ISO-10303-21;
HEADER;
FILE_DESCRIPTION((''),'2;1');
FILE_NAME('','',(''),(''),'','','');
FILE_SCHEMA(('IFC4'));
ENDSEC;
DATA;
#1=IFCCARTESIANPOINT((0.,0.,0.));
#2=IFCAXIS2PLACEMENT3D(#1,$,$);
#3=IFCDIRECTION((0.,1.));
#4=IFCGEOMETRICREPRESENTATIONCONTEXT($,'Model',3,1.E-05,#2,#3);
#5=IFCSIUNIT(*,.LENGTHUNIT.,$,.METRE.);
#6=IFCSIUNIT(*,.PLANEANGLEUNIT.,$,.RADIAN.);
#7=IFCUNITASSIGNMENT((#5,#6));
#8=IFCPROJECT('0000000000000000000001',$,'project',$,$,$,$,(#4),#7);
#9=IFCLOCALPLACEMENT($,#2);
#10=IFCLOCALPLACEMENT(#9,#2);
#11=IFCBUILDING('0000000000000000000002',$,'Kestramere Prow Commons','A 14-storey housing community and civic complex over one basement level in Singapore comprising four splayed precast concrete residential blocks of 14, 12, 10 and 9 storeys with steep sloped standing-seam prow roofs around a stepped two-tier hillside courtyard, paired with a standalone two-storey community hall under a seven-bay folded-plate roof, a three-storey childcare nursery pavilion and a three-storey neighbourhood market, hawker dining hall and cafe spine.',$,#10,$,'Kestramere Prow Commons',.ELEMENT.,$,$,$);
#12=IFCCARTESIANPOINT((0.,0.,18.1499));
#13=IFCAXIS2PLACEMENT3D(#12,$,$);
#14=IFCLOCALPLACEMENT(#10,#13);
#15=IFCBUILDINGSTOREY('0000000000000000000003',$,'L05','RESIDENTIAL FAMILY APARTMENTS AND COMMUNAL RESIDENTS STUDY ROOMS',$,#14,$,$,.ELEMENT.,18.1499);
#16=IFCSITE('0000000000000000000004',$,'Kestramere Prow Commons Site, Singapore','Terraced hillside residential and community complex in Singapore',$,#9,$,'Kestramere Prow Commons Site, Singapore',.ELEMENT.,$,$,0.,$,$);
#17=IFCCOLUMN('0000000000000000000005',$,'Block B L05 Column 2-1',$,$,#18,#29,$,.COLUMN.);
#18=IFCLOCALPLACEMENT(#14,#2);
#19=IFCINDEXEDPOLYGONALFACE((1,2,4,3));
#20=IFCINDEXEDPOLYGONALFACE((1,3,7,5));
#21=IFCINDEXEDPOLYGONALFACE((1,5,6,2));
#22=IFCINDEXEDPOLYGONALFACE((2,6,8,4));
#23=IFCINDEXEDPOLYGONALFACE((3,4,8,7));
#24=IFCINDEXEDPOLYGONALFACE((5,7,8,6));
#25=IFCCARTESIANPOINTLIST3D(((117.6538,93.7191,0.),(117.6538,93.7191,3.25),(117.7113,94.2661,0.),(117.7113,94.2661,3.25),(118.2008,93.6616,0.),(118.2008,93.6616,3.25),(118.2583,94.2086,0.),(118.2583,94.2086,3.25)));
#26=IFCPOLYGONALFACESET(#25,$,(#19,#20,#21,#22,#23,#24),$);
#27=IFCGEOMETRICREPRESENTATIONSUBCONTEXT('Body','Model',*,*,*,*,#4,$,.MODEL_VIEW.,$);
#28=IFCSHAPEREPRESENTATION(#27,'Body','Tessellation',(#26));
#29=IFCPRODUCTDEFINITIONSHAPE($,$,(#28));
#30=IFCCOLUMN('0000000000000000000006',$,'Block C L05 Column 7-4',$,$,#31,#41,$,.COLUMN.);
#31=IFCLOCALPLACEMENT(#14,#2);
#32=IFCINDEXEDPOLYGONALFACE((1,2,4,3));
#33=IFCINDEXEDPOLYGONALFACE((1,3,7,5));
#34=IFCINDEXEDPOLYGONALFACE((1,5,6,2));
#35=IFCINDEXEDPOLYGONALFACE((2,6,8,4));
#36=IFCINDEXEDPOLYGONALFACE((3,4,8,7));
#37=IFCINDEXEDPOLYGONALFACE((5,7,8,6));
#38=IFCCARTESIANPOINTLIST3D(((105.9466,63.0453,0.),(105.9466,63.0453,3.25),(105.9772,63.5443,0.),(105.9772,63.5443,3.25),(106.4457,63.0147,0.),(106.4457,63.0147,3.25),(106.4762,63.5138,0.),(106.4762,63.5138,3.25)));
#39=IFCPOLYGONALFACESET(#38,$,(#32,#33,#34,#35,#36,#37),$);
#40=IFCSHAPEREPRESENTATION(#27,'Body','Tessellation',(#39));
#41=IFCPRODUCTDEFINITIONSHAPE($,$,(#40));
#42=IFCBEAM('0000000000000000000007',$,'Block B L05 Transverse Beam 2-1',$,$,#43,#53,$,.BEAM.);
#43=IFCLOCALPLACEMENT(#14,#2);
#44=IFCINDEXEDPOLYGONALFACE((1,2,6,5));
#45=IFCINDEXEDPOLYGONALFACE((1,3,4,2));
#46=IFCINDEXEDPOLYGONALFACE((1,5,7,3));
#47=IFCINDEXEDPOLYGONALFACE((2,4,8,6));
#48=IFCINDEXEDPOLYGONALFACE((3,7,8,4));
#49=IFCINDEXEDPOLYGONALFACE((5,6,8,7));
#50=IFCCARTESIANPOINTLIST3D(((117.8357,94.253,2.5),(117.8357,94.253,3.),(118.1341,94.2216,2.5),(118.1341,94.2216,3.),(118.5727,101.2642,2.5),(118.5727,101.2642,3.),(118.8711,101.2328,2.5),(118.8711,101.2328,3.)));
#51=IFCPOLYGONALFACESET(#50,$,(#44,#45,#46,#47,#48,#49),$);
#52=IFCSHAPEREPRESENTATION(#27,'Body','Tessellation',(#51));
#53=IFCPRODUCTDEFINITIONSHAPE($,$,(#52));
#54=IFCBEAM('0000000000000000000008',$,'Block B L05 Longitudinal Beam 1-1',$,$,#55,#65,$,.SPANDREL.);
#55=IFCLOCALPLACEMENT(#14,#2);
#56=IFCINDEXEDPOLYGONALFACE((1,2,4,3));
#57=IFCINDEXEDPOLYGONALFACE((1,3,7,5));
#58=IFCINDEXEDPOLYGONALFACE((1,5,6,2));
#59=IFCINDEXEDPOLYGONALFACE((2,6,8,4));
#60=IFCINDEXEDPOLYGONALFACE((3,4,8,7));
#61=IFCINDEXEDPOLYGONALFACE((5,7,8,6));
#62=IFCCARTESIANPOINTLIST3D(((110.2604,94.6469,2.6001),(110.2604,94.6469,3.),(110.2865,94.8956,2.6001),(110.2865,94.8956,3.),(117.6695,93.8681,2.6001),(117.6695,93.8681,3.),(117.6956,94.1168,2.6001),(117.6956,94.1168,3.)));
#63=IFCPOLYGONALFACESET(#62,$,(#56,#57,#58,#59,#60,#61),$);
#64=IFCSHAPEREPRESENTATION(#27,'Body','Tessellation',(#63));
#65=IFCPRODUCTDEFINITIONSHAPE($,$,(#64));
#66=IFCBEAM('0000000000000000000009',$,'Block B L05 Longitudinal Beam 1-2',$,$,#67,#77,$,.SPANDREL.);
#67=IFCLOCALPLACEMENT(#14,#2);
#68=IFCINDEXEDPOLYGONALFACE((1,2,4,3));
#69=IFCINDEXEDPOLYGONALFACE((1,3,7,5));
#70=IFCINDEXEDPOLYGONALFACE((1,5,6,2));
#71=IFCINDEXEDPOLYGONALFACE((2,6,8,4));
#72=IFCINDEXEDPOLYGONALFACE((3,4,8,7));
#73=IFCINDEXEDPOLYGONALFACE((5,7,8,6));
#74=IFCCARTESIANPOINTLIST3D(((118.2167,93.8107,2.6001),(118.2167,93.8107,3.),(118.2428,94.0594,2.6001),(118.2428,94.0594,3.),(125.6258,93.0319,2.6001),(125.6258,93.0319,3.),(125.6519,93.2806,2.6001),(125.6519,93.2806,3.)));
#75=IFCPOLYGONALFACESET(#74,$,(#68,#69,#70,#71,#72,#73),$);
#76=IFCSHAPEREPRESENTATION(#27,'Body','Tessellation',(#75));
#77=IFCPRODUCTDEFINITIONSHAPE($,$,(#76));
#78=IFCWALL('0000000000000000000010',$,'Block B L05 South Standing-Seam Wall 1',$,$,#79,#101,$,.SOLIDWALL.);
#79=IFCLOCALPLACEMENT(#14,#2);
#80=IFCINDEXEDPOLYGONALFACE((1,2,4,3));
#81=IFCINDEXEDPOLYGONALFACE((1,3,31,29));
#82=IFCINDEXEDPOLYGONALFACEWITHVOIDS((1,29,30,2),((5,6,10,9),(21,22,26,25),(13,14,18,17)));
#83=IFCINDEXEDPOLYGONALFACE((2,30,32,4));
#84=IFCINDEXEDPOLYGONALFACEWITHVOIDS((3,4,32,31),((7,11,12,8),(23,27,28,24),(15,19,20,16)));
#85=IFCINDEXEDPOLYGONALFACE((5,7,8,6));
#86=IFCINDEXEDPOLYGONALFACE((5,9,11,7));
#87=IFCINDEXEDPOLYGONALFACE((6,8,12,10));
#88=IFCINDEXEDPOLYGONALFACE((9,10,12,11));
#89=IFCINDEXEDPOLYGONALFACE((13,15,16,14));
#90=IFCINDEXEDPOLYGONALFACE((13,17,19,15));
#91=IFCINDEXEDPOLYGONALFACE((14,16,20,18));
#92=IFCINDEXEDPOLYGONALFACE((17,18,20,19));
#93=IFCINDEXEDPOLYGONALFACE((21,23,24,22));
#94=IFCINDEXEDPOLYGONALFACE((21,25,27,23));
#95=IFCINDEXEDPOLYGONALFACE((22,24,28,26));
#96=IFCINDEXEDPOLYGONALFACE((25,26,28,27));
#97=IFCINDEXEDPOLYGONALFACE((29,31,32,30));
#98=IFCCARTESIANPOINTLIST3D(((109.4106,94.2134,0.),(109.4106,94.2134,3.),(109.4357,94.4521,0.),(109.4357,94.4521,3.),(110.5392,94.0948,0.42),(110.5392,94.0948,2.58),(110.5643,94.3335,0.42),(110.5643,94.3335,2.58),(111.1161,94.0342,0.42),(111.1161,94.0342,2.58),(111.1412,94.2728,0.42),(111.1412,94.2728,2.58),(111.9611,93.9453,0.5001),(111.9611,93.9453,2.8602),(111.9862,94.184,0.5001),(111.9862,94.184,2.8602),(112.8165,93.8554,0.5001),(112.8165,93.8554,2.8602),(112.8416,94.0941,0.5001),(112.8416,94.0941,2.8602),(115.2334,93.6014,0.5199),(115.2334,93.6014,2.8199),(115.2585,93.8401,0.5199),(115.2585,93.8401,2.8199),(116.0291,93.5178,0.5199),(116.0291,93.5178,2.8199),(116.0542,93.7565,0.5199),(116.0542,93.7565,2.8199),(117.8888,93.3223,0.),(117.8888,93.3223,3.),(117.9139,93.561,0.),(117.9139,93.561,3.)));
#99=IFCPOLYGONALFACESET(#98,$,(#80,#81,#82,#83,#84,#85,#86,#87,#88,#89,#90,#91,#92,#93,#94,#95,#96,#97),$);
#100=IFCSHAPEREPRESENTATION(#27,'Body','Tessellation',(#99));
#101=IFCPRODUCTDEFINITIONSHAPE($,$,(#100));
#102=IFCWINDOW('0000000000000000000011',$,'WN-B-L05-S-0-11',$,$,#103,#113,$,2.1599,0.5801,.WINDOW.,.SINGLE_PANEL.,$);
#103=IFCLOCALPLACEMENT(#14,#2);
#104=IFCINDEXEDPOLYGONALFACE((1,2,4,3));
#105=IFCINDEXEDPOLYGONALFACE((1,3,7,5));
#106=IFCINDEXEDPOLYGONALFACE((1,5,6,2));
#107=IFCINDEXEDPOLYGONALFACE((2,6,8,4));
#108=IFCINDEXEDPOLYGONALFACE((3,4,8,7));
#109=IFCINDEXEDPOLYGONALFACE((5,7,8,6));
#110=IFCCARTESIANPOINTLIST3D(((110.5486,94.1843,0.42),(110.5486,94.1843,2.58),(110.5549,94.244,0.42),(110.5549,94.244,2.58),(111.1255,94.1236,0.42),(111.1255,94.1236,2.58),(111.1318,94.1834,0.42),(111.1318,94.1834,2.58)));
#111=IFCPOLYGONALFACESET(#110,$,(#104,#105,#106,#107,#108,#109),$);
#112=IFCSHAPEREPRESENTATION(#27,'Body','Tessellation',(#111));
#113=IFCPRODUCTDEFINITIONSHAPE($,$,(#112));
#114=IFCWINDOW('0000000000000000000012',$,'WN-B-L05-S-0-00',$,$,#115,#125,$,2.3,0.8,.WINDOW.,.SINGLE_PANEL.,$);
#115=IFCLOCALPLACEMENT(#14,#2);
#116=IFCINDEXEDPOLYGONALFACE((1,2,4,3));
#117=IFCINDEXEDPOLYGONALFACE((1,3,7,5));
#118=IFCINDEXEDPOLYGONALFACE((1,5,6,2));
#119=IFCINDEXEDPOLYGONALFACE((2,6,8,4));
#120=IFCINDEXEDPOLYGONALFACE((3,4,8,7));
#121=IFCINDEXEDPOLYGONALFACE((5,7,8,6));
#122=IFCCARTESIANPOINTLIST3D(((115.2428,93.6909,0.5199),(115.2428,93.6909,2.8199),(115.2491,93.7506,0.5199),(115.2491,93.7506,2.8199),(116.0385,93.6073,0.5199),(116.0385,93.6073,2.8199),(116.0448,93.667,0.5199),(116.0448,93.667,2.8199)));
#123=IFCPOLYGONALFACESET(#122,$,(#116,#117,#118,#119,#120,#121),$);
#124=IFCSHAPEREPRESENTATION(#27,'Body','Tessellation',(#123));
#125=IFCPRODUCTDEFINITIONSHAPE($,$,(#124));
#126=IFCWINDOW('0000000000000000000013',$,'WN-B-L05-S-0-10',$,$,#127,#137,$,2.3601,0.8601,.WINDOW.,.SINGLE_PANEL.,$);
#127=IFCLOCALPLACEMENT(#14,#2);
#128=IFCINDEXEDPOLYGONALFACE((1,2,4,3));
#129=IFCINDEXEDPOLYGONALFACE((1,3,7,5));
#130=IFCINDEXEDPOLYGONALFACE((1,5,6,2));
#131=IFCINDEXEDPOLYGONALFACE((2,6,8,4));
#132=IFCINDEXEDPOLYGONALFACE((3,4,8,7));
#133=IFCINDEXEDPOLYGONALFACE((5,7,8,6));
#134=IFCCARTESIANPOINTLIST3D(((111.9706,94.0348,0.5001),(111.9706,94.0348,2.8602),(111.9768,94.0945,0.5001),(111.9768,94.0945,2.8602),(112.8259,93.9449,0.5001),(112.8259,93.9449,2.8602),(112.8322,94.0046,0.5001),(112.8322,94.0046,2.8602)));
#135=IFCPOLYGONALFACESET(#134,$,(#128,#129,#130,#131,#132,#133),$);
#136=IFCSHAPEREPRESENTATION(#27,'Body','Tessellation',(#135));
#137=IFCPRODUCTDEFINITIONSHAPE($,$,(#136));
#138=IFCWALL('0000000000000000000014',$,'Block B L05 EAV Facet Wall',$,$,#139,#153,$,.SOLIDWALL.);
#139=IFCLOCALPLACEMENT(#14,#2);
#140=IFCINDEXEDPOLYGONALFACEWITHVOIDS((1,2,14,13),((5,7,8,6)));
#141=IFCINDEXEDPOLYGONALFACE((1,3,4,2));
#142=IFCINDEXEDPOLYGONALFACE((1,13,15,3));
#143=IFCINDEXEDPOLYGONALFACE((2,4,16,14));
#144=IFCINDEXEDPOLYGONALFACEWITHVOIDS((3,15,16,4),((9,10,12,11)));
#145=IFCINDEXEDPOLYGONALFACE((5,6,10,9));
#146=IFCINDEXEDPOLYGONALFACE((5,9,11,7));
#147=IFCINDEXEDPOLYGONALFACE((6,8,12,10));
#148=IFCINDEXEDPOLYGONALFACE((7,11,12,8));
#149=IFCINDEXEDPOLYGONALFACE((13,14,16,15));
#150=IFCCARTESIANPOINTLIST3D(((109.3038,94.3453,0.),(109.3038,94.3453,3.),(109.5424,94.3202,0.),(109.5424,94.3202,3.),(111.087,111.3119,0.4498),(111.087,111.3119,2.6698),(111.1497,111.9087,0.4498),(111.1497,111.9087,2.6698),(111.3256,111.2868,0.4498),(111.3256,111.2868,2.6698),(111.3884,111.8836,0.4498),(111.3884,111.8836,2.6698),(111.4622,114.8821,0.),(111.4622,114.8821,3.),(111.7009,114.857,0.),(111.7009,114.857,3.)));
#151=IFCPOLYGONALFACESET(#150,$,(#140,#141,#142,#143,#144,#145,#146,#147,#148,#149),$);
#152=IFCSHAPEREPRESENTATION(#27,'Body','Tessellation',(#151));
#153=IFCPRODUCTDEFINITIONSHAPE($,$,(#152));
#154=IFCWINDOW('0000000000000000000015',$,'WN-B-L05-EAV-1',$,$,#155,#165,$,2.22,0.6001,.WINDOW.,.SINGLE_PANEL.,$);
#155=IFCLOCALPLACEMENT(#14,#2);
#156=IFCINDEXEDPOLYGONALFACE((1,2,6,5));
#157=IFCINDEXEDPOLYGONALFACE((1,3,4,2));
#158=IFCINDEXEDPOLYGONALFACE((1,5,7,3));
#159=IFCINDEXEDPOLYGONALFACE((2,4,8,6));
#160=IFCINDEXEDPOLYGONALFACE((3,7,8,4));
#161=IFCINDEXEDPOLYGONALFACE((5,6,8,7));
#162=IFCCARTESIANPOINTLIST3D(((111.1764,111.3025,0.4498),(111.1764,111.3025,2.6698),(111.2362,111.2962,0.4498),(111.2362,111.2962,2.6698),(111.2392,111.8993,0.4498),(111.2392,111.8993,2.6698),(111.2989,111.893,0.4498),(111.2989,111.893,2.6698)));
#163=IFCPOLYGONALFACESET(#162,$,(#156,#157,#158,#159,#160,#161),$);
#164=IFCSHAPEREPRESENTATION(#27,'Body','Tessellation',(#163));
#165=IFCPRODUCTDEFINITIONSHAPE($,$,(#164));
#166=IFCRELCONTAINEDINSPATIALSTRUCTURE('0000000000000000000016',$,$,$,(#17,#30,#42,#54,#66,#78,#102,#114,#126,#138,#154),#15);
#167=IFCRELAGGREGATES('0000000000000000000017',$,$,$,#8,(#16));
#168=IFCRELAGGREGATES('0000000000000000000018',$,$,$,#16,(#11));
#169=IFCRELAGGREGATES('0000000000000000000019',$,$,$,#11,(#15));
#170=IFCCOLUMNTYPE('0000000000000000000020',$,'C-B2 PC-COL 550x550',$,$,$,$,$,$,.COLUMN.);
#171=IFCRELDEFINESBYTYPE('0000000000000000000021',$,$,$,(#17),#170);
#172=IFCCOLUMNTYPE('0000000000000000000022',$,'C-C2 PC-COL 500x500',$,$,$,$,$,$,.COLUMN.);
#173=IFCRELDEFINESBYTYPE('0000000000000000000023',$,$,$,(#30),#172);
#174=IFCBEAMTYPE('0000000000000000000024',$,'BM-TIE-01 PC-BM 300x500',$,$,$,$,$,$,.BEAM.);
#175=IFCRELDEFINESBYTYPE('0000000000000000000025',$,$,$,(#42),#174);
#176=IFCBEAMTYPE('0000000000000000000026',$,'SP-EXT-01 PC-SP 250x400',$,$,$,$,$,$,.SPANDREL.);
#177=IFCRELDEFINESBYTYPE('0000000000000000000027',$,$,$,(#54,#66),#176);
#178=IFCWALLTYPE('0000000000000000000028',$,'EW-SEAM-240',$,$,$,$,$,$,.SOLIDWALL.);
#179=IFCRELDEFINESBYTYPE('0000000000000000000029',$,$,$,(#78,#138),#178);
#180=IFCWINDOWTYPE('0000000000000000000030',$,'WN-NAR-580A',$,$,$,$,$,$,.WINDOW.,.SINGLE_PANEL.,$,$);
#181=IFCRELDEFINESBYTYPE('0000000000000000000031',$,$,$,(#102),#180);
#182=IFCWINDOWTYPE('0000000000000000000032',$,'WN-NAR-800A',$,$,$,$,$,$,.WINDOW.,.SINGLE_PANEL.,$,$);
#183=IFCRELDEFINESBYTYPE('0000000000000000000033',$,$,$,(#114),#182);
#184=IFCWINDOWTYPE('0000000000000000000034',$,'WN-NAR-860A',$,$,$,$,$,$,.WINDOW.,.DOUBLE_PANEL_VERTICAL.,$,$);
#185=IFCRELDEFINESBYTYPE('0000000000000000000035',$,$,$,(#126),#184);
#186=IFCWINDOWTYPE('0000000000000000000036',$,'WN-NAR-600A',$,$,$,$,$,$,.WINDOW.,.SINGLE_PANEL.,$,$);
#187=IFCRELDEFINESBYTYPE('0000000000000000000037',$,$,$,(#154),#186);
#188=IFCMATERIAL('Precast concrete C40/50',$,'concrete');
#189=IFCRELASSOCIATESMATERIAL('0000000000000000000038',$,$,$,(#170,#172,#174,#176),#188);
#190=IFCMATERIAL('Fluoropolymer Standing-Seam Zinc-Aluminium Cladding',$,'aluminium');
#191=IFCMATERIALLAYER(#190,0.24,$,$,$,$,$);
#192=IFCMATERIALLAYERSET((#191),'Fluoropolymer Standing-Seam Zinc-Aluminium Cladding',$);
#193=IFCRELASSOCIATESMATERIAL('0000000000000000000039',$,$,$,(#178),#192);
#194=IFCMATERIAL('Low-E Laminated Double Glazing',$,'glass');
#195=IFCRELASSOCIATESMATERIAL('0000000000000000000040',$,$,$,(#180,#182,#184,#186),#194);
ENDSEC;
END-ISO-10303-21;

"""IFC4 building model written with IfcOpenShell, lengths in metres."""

from ifc_helpers import new_model, si_unit, direction, frame, frame_2d, origin, origin_2d, place, context, subcontext, project, spatial, rectangle, extrude, material, layer, layer_set, material_profile, profile_set, type_object, element, fill, save


model = new_model("IFC4")

# Units and contexts
model_context = context("Model", 3, precision=1e-05, world=origin(), true_north=direction((0.0, 1.0)))
body_context = subcontext(model_context, "Body", "Model", "MODEL_VIEW")
ifc_project = project(units=[si_unit("LENGTHUNIT", "METRE"), si_unit("PLANEANGLEUNIT", "RADIAN")], contexts=[model_context])

# Site, building, storey
site_placement = place(None, origin())
site = spatial("IfcSite", under=ifc_project, at=site_placement, Name="Kestramere Prow Commons Site, Singapore", Description="Terraced hillside residential and community complex in Singapore", LongName="Kestramere Prow Commons Site, Singapore", CompositionType="ELEMENT", RefElevation=0.0)
building_placement = place(site_placement, origin())
building = spatial("IfcBuilding", under=site, at=building_placement, Name="Kestramere Prow Commons", Description="A 14-storey housing community and civic complex over one basement level in Singapore comprising four splayed precast concrete residential blocks of 14, 12, 10 and 9 storeys with steep sloped standing-seam prow roofs around a stepped two-tier hillside courtyard, paired with a standalone two-storey community hall under a seven-bay folded-plate roof, a three-storey childcare nursery pavilion and a three-storey neighbourhood market, hawker dining hall and cafe spine.", LongName="Kestramere Prow Commons", CompositionType="ELEMENT")
storey_placement = place(building_placement, frame((0.0, 0.0, 18.1499)))
storey = spatial("IfcBuildingStorey", under=building, at=storey_placement, Name="L05", Description="RESIDENTIAL FAMILY APARTMENTS AND COMMUNAL RESIDENTS STUDY ROOMS", CompositionType="ELEMENT", Elevation=18.1499)

# Columns
ifc_material_1 = material(Name="Precast concrete C40/50", Category="concrete")
ifc_material_profile_1 = material_profile(ifc_material_1, rectangle(XDim=0.55, YDim=0.55, at=origin_2d()), Name="PC-COL 550x550")
ifc_profile_set_1 = profile_set([ifc_material_profile_1], Name="Precast concrete C40/50")
column_type_1 = type_object("IfcColumnType", Name="C-B2 PC-COL 550x550", PredefinedType="COLUMN", material=ifc_profile_set_1)
column_1_placement = place(storey_placement, frame((117.9561, 93.9639, 0.0), z_axis=(0.0, 0.0, 1.0), x_axis=(0.994522, -0.104528, 0.0)))
element("IfcColumn", 1, at=column_1_placement, inside=storey, type_object=column_type_1, Name="Block B L05 Column 2-1", PredefinedType="COLUMN", context=body_context, shape_type="SweptSolid", body=[
    extrude(rectangle(XDim=0.55, YDim=0.55, at=origin_2d()), origin(), (0.0, 0.0, 1.0), 3.25),
])
ifc_material_profile_2 = material_profile(ifc_material_1, rectangle(XDim=0.5, YDim=0.5, at=origin_2d()), Name="PC-COL 500x500")
ifc_profile_set_2 = profile_set([ifc_material_profile_2], Name="Precast concrete C40/50")
column_type_2 = type_object("IfcColumnType", Name="C-C2 PC-COL 500x500", PredefinedType="COLUMN", material=ifc_profile_set_2)
column_2_placement = place(storey_placement, frame((106.2114, 63.2795, 0.0), z_axis=(0.0, 0.0, 1.0), x_axis=(0.998135, -0.061049, 0.0)))
element("IfcColumn", 2, at=column_2_placement, inside=storey, type_object=column_type_2, Name="Block C L05 Column 7-4", PredefinedType="COLUMN", context=body_context, shape_type="SweptSolid", body=[
    extrude(rectangle(XDim=0.5, YDim=0.5, at=origin_2d()), origin(), (0.0, 0.0, 1.0), 3.25),
])

# Beams
ifc_material_profile_3 = material_profile(ifc_material_1, rectangle(XDim=0.3, YDim=0.5, at=origin_2d()), Name="PC-BM 300x500")
ifc_profile_set_3 = profile_set([ifc_material_profile_3], Name="Precast concrete C40/50")
beam_type_1 = type_object("IfcBeamType", Name="BM-TIE-01 PC-BM 300x500", PredefinedType="BEAM", material=ifc_profile_set_3)
beam_placement = place(storey_placement, frame((117.9849, 94.2373, 2.75), z_axis=(0.10455, 0.99452, 0.0), x_axis=(-0.99452, 0.10455, 0.0)))
element("IfcBeam", 3, at=beam_placement, inside=storey, type_object=beam_type_1, Name="Block B L05 Transverse Beam 2-1", PredefinedType="BEAM", context=body_context, shape_type="SweptSolid", body=[
    extrude(rectangle(XDim=0.3, YDim=0.5, at=origin_2d()), origin(), (0.0, 0.0, 1.0), 7.0498),
])
ifc_material_profile_4 = material_profile(ifc_material_1, rectangle(XDim=0.25, YDim=0.3999, at=origin_2d()), Name="PC-SP 250x400")
ifc_profile_set_4 = profile_set([ifc_material_profile_4], Name="Precast concrete C40/50")
beam_type_2 = type_object("IfcBeamType", Name="SP-EXT-01 PC-SP 250x400", PredefinedType="SPANDREL", material=ifc_profile_set_4)
for number, where, z_axis, x_axis, name in (
    (4, (110.2734, 94.7712, 2.8), (0.994521, -0.104538, 0.0), (0.104538, 0.994521, 0.0), "Block B L05 Longitudinal Beam 1-1"),
    (5, (118.2297, 93.9351, 2.8), (0.994521, -0.104538, 0.0), (0.104538, 0.994521, 0.0), "Block B L05 Longitudinal Beam 1-2"),
):
    element("IfcBeam", number, at=place(storey_placement, frame(where, z_axis=z_axis, x_axis=x_axis)), inside=storey, type_object=beam_type_2, Name=name, PredefinedType="SPANDREL", context=body_context, shape_type="SweptSolid", body=[
        extrude(rectangle(XDim=0.25, YDim=0.3999, at=origin_2d()), origin(), (0.0, 0.0, 1.0), 7.45),
    ])

# Wall, openings, windows
ifc_material_2 = material(Name="Fluoropolymer Standing-Seam Zinc-Aluminium Cladding", Category="aluminium")
ifc_layer_1 = layer(ifc_material_2, 0.24)
ifc_layer_set_1 = layer_set([ifc_layer_1], Name="Fluoropolymer Standing-Seam Zinc-Aluminium Cladding")
wall_type_1 = type_object("IfcWallType", Name="EW-SEAM-240", PredefinedType="SOLIDWALL", material=ifc_layer_set_1)
wall_1_placement = place(storey_placement, frame((117.9014, 93.4417, 0.0), z_axis=(0.0, 0.0, 1.0), x_axis=(-0.994522, 0.10453, 0.0)))
wall_1 = element("IfcWall", 6, at=wall_1_placement, inside=storey, type_object=wall_type_1, Name="Block B L05 South Standing-Seam Wall 1", PredefinedType="SOLIDWALL", context=body_context, shape_type="SweptSolid", body=[
    extrude(rectangle(XDim=8.5249, YDim=0.24, at=frame_2d((4.2625, 0.0))), origin(), (0.0, 0.0, 1.0), 3.0),
])
opening_1_placement = place(wall_1_placement, frame((1.8701, 0.0, 0.52)))
opening_1 = element("IfcOpeningElement", 7, at=opening_1_placement, cuts=wall_1, PredefinedType="OPENING", context=body_context, shape_type="SweptSolid", body=[
    extrude(rectangle(XDim=0.8, YDim=2.3, at=frame_2d((0.3999, 1.1499))), frame((0.0, 0.135, 0.0), z_axis=(0.0, -1.0, 0.0), x_axis=(1.0, 0.0, 0.0)), (0.0, 0.0, 1.0), 0.27),
])
opening_2_placement = place(wall_1_placement, frame((5.1001, 0.0, 0.5)))
opening_2 = element("IfcOpeningElement", 8, at=opening_2_placement, cuts=wall_1, PredefinedType="OPENING", context=body_context, shape_type="SweptSolid", body=[
    extrude(rectangle(XDim=0.8601, YDim=2.3601, at=frame_2d((0.4302, 1.1802))), frame((0.0, 0.135, 0.0), z_axis=(0.0, -1.0, 0.0), x_axis=(1.0, 0.0, 0.0)), (0.0, 0.0, 1.0), 0.27),
])
opening_3_placement = place(wall_1_placement, frame((6.8101, 0.0, 0.4199)))
opening_3 = element("IfcOpeningElement", 9, at=opening_3_placement, cuts=wall_1, PredefinedType="OPENING", context=body_context, shape_type="SweptSolid", body=[
    extrude(rectangle(XDim=0.5801, YDim=2.1599, at=frame_2d((0.29, 1.0801))), frame((0.0, 0.135, 0.0), z_axis=(0.0, -1.0, 0.0), x_axis=(1.0, 0.0, 0.0)), (0.0, 0.0, 1.0), 0.27),
])
ifc_material_3 = material(Name="Low-E Laminated Double Glazing", Category="glass")
window_type_1 = type_object("IfcWindowType", Name="WN-NAR-580A", PartitioningType="SINGLE_PANEL", PredefinedType="WINDOW", material=ifc_material_3)
window_1_placement = place(opening_3_placement, origin())
window_1 = element("IfcWindow", 10, at=window_1_placement, inside=storey, type_object=window_type_1, Name="WN-B-L05-S-0-11", OverallHeight=2.1599, OverallWidth=0.5801, PartitioningType="SINGLE_PANEL", PredefinedType="WINDOW", context=body_context, shape_type="SweptSolid", body=[
    extrude(rectangle(XDim=0.5801, YDim=2.1599, at=frame_2d((0.29, 1.0801))), frame((0.0, 0.03, 0.0), z_axis=(0.0, -1.0, 0.0), x_axis=(1.0, 0.0, 0.0)), (0.0, 0.0, 1.0), 0.0601),
])
fill(opening_3, window_1)
window_type_2 = type_object("IfcWindowType", Name="WN-NAR-800A", PartitioningType="SINGLE_PANEL", PredefinedType="WINDOW", material=ifc_material_3)
window_2_placement = place(opening_1_placement, origin())
window_2 = element("IfcWindow", 11, at=window_2_placement, inside=storey, type_object=window_type_2, Name="WN-B-L05-S-0-00", OverallHeight=2.3, OverallWidth=0.8, PartitioningType="SINGLE_PANEL", PredefinedType="WINDOW", context=body_context, shape_type="SweptSolid", body=[
    extrude(rectangle(XDim=0.8, YDim=2.3, at=frame_2d((0.3999, 1.1499))), frame((0.0, 0.03, 0.0), z_axis=(0.0, -1.0, 0.0), x_axis=(1.0, 0.0, 0.0)), (0.0, 0.0, 1.0), 0.0601),
])
fill(opening_1, window_2)
window_type_3 = type_object("IfcWindowType", Name="WN-NAR-860A", PartitioningType="DOUBLE_PANEL_VERTICAL", PredefinedType="WINDOW", material=ifc_material_3)
window_3_placement = place(opening_2_placement, origin())
window_3 = element("IfcWindow", 12, at=window_3_placement, inside=storey, type_object=window_type_3, Name="WN-B-L05-S-0-10", OverallHeight=2.3601, OverallWidth=0.8601, PartitioningType="SINGLE_PANEL", PredefinedType="WINDOW", context=body_context, shape_type="SweptSolid", body=[
    extrude(rectangle(XDim=0.8601, YDim=2.3601, at=frame_2d((0.4302, 1.1802))), frame((0.0, 0.03, 0.0), z_axis=(0.0, -1.0, 0.0), x_axis=(1.0, 0.0, 0.0)), (0.0, 0.0, 1.0), 0.0601),
])
fill(opening_2, window_3)

# Wall, opening, window
wall_2_placement = place(storey_placement, frame((109.4231, 94.3328, 0.0), z_axis=(0.0, 0.0, 1.0), x_axis=(0.104525, 0.994522, 0.0)))
wall_2 = element("IfcWall", 13, at=wall_2_placement, inside=storey, type_object=wall_type_1, Name="Block B L05 EAV Facet Wall", PredefinedType="SOLIDWALL", context=body_context, shape_type="SweptSolid", body=[
    extrude(rectangle(XDim=20.6499, YDim=0.24, at=frame_2d((10.325, 0.0))), origin(), (0.0, 0.0, 1.0), 3.0),
])
opening_4_placement = place(wall_2_placement, frame((17.0601, 0.0, 0.45)))
opening_4 = element("IfcOpeningElement", 14, at=opening_4_placement, cuts=wall_2, PredefinedType="OPENING", context=body_context, shape_type="SweptSolid", body=[
    extrude(rectangle(XDim=0.6001, YDim=2.22, at=frame_2d((0.3, 1.1099))), frame((0.0, 0.135, 0.0), z_axis=(0.0, -1.0, 0.0), x_axis=(1.0, 0.0, 0.0)), (0.0, 0.0, 1.0), 0.27),
])
window_type_4 = type_object("IfcWindowType", Name="WN-NAR-600A", PartitioningType="SINGLE_PANEL", PredefinedType="WINDOW", material=ifc_material_3)
window_4_placement = place(opening_4_placement, origin())
window_4 = element("IfcWindow", 15, at=window_4_placement, inside=storey, type_object=window_type_4, Name="WN-B-L05-EAV-1", OverallHeight=2.22, OverallWidth=0.6001, PartitioningType="SINGLE_PANEL", PredefinedType="WINDOW", context=body_context, shape_type="SweptSolid", body=[
    extrude(rectangle(XDim=0.6001, YDim=2.22, at=frame_2d((0.3, 1.1099))), frame((0.0, 0.03, 0.0), z_axis=(0.0, -1.0, 0.0), x_axis=(1.0, 0.0, 0.0)), (0.0, 0.0, 1.0), 0.0601),
])
fill(opening_4, window_4)

save(model, "model.ifc")
